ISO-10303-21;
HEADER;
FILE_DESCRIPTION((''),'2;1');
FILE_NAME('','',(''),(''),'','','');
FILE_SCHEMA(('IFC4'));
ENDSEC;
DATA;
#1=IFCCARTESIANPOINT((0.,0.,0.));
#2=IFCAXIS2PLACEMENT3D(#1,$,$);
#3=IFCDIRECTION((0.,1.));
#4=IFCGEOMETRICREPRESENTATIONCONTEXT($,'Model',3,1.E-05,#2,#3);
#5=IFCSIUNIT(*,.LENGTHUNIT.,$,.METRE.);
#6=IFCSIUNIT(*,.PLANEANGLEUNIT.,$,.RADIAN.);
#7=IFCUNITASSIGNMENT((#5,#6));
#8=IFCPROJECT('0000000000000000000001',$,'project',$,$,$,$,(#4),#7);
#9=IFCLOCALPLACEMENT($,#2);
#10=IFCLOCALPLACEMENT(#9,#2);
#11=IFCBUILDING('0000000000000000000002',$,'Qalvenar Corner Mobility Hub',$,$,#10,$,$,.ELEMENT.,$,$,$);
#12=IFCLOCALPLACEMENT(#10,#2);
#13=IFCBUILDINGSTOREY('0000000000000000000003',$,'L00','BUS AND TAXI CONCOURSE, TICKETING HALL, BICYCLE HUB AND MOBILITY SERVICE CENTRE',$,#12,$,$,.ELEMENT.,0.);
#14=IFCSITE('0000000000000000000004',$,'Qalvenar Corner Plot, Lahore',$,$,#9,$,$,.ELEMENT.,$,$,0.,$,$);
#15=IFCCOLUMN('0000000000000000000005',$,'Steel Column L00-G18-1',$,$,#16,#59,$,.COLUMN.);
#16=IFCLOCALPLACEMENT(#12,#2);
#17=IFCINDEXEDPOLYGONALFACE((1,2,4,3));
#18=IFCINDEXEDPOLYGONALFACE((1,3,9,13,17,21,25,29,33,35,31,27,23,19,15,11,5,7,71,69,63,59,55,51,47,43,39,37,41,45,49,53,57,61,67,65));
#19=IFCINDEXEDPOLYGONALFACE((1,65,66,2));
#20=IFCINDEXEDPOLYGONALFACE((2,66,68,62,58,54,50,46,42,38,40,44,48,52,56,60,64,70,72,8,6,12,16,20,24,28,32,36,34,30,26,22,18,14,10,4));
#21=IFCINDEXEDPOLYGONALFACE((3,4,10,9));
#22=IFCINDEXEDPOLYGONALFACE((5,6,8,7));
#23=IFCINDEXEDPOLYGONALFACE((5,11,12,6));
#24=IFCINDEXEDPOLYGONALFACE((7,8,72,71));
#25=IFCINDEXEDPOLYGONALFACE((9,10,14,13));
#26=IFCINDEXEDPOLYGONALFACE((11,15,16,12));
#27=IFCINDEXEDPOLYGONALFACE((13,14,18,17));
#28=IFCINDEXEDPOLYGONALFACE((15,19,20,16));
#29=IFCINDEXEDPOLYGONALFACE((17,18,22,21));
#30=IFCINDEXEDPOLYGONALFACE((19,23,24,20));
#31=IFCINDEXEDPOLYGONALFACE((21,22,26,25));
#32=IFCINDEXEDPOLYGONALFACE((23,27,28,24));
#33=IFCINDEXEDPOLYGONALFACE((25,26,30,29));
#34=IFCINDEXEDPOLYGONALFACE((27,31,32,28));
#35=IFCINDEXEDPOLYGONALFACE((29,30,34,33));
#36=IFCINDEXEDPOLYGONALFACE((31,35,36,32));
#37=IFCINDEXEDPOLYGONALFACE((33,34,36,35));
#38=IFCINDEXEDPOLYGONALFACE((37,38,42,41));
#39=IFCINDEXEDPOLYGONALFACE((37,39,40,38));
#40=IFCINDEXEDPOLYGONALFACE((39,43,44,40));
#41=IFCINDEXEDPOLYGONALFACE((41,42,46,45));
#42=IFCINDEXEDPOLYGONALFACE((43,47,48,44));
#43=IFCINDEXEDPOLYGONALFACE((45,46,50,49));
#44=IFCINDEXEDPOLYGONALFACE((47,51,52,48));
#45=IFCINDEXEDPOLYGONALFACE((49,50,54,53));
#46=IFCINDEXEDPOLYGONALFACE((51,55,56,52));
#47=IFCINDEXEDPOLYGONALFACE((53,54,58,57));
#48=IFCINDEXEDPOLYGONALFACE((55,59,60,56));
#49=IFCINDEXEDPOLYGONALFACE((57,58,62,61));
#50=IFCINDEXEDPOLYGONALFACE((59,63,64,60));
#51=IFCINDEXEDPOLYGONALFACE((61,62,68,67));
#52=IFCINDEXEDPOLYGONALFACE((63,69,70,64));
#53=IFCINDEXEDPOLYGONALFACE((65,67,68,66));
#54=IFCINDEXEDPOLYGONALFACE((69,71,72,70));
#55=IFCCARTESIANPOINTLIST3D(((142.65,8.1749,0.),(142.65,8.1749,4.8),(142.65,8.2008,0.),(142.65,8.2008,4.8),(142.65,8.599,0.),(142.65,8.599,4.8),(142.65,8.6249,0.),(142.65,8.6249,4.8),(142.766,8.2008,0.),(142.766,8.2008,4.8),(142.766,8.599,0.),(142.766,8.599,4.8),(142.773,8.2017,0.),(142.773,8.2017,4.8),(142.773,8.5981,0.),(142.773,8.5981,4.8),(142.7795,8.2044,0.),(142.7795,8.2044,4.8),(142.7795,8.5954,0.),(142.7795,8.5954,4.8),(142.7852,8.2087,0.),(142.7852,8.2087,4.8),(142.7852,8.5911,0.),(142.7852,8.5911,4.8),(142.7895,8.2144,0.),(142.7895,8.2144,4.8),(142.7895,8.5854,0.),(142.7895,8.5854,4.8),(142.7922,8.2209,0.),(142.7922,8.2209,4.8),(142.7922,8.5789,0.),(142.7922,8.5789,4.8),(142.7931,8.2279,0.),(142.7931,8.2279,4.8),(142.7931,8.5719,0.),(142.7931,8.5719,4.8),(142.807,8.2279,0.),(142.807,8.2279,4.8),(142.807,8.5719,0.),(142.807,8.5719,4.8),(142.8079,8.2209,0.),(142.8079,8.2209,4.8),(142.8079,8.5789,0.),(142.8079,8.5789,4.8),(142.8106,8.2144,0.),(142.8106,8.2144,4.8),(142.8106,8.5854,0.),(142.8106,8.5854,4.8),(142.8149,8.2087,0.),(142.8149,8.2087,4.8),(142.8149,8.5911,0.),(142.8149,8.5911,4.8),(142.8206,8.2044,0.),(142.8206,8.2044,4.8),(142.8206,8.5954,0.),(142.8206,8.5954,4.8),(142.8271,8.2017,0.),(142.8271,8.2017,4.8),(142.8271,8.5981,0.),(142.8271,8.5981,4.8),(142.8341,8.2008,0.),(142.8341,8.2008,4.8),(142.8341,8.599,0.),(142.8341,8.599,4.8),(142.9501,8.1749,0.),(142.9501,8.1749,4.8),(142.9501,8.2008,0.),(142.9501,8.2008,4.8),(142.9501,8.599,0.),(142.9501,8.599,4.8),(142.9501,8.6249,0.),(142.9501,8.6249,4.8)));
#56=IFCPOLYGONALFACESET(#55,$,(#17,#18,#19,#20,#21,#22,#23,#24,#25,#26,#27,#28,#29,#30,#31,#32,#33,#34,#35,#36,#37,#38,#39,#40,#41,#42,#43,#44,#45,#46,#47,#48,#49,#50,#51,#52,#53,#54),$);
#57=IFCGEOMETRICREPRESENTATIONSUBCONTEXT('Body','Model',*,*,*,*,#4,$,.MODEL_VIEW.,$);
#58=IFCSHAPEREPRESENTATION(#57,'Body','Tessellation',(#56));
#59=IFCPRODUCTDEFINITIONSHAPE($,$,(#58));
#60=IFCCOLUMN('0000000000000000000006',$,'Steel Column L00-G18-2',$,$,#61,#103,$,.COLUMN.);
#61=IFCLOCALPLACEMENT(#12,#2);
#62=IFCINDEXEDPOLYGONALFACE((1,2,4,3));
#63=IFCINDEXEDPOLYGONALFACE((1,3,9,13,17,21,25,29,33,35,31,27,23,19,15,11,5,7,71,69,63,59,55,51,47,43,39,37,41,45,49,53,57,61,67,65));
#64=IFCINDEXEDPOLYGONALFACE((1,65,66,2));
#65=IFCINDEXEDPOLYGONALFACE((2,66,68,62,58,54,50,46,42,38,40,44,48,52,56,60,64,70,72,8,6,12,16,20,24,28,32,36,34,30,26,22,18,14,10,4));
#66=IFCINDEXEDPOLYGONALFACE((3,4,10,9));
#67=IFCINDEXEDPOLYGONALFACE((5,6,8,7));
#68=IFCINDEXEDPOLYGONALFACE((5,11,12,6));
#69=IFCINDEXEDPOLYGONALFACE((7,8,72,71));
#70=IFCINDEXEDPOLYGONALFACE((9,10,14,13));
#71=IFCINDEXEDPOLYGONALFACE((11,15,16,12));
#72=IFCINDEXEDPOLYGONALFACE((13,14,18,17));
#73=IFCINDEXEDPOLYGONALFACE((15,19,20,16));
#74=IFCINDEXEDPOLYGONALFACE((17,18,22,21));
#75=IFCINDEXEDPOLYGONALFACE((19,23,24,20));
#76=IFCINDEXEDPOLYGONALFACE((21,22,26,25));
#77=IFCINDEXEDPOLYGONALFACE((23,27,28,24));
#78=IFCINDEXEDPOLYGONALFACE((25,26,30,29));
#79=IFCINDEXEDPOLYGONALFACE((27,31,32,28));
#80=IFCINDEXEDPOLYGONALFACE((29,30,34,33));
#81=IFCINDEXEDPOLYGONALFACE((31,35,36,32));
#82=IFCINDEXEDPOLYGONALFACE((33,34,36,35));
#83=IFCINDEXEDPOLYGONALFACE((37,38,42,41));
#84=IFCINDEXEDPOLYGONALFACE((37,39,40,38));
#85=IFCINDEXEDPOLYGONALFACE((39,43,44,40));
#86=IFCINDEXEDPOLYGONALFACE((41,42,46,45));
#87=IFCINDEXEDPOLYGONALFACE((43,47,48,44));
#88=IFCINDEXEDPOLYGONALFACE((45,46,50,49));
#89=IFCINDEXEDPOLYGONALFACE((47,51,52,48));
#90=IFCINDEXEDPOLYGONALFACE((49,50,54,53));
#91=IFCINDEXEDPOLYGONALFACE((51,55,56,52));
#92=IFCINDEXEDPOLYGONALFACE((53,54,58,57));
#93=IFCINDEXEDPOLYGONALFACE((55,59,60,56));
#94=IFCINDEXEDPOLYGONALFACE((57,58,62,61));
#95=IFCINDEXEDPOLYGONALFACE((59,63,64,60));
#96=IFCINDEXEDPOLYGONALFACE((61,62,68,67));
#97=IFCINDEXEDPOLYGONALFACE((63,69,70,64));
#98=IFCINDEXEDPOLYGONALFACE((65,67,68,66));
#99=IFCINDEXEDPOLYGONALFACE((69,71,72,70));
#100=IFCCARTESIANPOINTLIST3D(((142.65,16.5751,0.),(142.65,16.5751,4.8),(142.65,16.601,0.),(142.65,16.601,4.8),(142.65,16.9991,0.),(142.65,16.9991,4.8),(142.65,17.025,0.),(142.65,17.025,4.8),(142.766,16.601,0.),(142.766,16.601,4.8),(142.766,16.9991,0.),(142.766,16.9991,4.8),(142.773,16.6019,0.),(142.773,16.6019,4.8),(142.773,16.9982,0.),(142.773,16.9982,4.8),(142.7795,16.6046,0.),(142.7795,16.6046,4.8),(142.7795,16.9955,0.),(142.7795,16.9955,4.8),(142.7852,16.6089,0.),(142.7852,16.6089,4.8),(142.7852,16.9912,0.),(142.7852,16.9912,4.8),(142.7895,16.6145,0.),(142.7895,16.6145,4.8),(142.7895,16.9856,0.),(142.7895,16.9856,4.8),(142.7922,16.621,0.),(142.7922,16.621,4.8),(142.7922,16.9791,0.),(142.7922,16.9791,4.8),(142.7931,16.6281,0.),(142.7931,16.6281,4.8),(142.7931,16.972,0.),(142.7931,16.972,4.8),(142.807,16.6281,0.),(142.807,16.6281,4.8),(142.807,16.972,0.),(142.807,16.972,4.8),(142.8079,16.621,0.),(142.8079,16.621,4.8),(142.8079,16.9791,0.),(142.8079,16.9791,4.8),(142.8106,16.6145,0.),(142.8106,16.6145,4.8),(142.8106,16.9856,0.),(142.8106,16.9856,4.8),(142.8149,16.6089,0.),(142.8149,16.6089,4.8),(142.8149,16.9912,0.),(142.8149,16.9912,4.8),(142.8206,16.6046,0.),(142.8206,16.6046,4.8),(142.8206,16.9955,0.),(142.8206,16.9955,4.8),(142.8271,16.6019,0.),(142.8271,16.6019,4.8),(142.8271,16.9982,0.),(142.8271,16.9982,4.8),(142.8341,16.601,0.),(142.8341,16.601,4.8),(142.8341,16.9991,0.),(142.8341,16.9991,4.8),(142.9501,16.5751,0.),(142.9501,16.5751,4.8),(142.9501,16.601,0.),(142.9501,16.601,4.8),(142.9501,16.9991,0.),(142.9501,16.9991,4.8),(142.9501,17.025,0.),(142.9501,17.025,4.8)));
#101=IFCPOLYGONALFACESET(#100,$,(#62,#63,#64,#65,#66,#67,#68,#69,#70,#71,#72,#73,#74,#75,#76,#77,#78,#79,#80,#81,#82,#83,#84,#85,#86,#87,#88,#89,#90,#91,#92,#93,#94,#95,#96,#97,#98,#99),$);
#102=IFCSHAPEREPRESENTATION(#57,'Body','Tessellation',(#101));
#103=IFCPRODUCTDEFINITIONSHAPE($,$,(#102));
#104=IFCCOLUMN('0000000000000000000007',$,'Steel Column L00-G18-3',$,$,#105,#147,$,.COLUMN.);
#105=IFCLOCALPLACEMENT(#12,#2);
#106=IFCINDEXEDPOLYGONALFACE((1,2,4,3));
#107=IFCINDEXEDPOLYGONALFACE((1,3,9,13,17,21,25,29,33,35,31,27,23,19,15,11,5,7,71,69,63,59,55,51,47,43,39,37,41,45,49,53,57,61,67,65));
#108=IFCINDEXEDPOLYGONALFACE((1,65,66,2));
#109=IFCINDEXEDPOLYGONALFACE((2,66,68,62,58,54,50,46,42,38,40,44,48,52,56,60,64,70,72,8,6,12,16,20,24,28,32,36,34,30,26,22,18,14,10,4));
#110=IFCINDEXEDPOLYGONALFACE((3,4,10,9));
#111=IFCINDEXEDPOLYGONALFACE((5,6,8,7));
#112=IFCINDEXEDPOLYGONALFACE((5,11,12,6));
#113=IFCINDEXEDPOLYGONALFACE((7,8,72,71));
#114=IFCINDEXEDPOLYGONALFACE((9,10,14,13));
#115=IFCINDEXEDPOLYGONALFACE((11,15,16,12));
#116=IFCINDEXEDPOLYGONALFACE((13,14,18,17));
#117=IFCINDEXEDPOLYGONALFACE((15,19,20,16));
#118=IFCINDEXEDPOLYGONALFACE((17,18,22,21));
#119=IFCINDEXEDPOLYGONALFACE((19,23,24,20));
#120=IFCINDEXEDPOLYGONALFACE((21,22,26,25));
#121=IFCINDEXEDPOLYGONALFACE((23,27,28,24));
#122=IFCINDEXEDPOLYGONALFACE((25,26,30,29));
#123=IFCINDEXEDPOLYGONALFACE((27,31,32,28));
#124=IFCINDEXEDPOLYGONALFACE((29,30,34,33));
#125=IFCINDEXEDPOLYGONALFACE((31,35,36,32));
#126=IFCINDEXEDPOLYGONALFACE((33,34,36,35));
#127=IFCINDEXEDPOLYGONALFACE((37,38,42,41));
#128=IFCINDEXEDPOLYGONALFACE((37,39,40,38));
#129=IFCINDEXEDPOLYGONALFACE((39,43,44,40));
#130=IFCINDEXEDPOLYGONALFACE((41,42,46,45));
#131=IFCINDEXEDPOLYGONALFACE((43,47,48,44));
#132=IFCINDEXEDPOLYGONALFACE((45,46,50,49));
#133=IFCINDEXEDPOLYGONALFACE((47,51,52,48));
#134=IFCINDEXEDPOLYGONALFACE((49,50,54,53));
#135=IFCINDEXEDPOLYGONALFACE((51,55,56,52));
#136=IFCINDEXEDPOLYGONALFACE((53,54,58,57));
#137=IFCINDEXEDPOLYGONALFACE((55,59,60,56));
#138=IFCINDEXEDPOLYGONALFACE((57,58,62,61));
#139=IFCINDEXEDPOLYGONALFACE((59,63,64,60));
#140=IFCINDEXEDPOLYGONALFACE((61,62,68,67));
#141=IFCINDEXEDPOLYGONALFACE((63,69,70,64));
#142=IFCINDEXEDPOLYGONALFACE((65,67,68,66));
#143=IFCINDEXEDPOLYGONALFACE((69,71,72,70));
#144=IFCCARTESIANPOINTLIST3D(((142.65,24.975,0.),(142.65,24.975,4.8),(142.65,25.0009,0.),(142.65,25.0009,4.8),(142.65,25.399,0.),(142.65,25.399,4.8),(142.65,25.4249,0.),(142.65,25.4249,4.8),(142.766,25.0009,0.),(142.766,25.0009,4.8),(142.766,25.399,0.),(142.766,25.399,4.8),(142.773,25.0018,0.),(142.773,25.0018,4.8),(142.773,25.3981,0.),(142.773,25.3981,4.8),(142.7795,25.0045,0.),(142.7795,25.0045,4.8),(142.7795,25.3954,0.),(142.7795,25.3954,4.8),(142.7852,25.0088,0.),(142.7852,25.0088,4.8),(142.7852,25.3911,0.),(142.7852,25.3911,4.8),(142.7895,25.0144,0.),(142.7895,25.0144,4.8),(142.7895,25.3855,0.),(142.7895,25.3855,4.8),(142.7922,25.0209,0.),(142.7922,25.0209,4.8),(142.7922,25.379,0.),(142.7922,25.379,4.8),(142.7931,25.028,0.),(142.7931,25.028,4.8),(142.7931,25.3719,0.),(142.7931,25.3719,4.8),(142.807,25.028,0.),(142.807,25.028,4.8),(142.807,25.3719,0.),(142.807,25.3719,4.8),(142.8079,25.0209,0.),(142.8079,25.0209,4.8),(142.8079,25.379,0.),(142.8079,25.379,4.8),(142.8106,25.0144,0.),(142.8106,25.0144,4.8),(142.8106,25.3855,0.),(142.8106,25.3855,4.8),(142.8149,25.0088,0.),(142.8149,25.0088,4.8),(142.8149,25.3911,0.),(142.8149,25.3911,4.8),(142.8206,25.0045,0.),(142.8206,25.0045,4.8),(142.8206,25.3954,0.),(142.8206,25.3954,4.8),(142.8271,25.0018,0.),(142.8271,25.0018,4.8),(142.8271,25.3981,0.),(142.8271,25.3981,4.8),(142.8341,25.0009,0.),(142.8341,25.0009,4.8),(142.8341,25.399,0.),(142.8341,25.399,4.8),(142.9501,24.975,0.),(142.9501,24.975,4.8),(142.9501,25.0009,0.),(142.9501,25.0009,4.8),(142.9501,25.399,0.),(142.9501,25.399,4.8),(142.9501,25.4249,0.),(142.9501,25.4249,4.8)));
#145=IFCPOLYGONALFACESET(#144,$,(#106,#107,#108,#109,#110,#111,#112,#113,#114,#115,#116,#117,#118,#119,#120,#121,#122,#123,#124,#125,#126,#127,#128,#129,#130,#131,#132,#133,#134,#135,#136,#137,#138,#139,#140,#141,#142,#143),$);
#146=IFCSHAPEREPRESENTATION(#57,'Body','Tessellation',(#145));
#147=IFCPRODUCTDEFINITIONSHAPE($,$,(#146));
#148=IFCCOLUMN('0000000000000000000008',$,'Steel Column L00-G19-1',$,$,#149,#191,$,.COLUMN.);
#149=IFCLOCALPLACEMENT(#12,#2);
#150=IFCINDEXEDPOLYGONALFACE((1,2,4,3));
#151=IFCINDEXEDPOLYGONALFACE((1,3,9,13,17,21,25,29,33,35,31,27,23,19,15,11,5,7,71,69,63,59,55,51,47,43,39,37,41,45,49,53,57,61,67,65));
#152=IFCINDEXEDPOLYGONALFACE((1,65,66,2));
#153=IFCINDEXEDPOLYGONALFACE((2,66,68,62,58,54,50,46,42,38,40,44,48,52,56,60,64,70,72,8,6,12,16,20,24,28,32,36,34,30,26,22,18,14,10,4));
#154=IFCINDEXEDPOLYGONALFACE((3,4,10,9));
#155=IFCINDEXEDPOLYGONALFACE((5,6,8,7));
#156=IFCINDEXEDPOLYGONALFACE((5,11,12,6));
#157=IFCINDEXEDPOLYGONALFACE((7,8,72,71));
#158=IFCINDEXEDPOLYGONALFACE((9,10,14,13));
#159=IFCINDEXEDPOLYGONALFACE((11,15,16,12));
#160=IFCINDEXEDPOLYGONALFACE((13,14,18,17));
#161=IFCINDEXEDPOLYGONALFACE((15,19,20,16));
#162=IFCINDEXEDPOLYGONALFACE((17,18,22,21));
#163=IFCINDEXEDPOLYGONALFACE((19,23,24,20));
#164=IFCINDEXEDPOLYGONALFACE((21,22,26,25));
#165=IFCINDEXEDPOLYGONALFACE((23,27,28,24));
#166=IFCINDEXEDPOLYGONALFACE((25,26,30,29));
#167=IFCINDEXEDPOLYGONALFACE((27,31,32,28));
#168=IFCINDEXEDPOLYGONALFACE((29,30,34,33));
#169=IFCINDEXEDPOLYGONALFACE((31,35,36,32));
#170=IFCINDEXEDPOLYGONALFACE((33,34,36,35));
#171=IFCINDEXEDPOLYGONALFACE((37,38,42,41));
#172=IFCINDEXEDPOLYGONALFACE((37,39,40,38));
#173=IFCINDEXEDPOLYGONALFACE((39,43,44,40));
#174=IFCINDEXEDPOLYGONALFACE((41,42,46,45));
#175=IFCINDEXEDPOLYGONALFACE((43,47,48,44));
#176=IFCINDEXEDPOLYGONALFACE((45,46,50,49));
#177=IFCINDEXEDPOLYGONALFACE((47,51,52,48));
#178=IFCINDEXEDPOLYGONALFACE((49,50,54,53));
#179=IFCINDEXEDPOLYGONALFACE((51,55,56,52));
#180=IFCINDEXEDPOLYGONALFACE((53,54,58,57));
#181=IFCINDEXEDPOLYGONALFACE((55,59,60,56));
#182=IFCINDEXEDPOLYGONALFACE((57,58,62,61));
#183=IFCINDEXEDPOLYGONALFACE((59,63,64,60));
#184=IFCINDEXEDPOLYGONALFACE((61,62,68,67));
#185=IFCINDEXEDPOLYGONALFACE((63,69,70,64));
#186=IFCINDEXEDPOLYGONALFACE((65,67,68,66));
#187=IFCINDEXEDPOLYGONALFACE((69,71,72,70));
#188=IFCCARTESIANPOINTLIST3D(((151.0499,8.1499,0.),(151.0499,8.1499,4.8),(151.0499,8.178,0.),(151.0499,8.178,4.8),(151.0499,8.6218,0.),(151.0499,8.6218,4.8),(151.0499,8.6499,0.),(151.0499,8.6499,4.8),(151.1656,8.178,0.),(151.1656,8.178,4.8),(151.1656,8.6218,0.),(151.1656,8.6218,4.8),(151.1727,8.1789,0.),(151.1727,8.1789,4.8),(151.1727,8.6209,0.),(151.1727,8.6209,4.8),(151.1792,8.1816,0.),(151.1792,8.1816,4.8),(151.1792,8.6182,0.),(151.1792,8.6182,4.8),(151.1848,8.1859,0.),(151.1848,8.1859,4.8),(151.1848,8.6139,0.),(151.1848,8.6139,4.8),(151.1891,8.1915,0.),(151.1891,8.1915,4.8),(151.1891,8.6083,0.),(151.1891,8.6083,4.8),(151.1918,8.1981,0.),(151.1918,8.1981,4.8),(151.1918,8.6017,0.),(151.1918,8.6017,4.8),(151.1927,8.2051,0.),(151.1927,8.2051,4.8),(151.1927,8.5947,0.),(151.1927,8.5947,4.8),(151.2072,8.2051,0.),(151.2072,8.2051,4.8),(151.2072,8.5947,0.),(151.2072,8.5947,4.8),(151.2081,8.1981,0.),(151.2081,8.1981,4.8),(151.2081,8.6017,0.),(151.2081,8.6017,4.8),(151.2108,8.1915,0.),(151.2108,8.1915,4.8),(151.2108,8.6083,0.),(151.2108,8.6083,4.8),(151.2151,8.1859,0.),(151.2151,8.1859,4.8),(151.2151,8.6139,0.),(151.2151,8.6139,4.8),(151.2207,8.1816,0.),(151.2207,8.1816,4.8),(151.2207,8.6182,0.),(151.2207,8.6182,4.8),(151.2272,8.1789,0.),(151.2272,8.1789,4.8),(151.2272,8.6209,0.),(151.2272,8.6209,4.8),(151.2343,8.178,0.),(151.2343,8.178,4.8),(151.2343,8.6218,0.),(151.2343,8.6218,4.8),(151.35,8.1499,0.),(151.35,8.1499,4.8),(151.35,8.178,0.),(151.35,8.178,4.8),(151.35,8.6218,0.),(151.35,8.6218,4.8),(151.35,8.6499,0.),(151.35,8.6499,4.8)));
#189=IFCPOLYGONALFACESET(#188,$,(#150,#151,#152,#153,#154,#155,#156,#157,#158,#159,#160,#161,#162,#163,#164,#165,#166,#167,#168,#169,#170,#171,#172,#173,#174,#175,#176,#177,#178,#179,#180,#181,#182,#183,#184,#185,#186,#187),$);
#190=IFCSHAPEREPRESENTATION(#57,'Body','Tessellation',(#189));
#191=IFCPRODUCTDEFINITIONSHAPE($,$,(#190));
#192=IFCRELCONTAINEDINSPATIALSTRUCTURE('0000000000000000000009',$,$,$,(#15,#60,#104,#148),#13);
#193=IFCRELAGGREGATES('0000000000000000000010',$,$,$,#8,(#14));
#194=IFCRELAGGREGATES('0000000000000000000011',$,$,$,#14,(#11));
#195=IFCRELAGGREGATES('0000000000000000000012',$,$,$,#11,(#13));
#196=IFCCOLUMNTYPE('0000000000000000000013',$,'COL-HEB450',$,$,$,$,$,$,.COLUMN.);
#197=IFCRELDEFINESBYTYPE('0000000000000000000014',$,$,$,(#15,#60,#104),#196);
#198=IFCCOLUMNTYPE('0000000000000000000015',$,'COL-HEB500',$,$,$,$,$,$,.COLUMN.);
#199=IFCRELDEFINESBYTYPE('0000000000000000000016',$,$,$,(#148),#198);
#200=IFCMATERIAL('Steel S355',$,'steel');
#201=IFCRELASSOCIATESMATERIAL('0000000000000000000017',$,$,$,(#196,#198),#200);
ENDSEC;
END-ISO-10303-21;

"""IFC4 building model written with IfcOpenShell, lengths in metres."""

from ifc_helpers import new_model, si_unit, direction, frame, origin, origin_2d, place, context, subcontext, project, spatial, i_section, extrude, material, material_profile, profile_set, type_object, element, save


model = new_model("IFC4")

# Units and contexts
model_context = context("Model", 3, precision=1e-05, world=origin(), true_north=direction((0.0, 1.0)))
body_context = subcontext(model_context, "Body", "Model", "MODEL_VIEW")
ifc_project = project(units=[si_unit("LENGTHUNIT", "METRE"), si_unit("PLANEANGLEUNIT", "RADIAN")], contexts=[model_context])

# Site, building, storey
site_placement = place(None, origin())
site = spatial("IfcSite", under=ifc_project, at=site_placement, Name="Qalvenar Corner Plot, Lahore", CompositionType="ELEMENT", RefElevation=0.0)
building_placement = place(site_placement, origin())
building = spatial("IfcBuilding", under=site, at=building_placement, Name="Qalvenar Corner Mobility Hub", CompositionType="ELEMENT")
storey_placement = place(building_placement, origin())
storey = spatial("IfcBuildingStorey", under=building, at=storey_placement, Name="L00", Description="BUS AND TAXI CONCOURSE, TICKETING HALL, BICYCLE HUB AND MOBILITY SERVICE CENTRE", CompositionType="ELEMENT", Elevation=0.0)

# Columns
ifc_material = material(Name="Steel S355", Category="steel")
ifc_material_profile_1 = material_profile(ifc_material, i_section(OverallWidth=0.3, OverallDepth=0.45, WebThickness=0.0139, FlangeThickness=0.0259, FilletRadius=0.0271, at=origin_2d()), Name="HEB450")
ifc_profile_set_1 = profile_set([ifc_material_profile_1], Name="Steel S355")
column_type_1 = type_object("IfcColumnType", Name="COL-HEB450", PredefinedType="COLUMN", material=ifc_profile_set_1)
for number, where, z_axis, x_axis, name in (
    (1, (142.8, 8.3999, 0.0), (0.0, 0.0, 1.0), (1.0, 0.0, 0.0), "Steel Column L00-G18-1"),
    (2, (142.8, 16.8, 0.0), (0.0, 0.0, 1.0), (1.0, 0.0, 0.0), "Steel Column L00-G18-2"),
    (3, (142.8, 25.2, 0.0), (0.0, 0.0, 1.0), (1.0, 0.0, 0.0), "Steel Column L00-G18-3"),
):
    element("IfcColumn", number, at=place(storey_placement, frame(where, z_axis=z_axis, x_axis=x_axis)), inside=storey, type_object=column_type_1, Name=name, PredefinedType="COLUMN", context=body_context, shape_type="SweptSolid", body=[
        extrude(i_section(OverallWidth=0.3, OverallDepth=0.45, WebThickness=0.0139, FlangeThickness=0.0259, FilletRadius=0.0271, at=origin_2d()), origin(), (0.0, 0.0, 1.0), 4.8),
    ])
ifc_material_profile_2 = material_profile(ifc_material, i_section(OverallWidth=0.3, OverallDepth=0.5, WebThickness=0.0144, FlangeThickness=0.0281, FilletRadius=0.0271, at=origin_2d()), Name="HEB500")
ifc_profile_set_2 = profile_set([ifc_material_profile_2], Name="Steel S355")
column_type_2 = type_object("IfcColumnType", Name="COL-HEB500", PredefinedType="COLUMN", material=ifc_profile_set_2)
for number, where, z_axis, x_axis, name in (
    (4, (151.2, 8.3999, 0.0), (0.0, 0.0, 1.0), (1.0, 0.0, 0.0), "Steel Column L00-G19-1"),
):
    element("IfcColumn", number, at=place(storey_placement, frame(where, z_axis=z_axis, x_axis=x_axis)), inside=storey, type_object=column_type_2, Name=name, PredefinedType="COLUMN", context=body_context, shape_type="SweptSolid", body=[
        extrude(i_section(OverallWidth=0.3, OverallDepth=0.5, WebThickness=0.0144, FlangeThickness=0.0281, FilletRadius=0.0271, at=origin_2d()), origin(), (0.0, 0.0, 1.0), 4.8),
    ])

save(model, "model.ifc")
